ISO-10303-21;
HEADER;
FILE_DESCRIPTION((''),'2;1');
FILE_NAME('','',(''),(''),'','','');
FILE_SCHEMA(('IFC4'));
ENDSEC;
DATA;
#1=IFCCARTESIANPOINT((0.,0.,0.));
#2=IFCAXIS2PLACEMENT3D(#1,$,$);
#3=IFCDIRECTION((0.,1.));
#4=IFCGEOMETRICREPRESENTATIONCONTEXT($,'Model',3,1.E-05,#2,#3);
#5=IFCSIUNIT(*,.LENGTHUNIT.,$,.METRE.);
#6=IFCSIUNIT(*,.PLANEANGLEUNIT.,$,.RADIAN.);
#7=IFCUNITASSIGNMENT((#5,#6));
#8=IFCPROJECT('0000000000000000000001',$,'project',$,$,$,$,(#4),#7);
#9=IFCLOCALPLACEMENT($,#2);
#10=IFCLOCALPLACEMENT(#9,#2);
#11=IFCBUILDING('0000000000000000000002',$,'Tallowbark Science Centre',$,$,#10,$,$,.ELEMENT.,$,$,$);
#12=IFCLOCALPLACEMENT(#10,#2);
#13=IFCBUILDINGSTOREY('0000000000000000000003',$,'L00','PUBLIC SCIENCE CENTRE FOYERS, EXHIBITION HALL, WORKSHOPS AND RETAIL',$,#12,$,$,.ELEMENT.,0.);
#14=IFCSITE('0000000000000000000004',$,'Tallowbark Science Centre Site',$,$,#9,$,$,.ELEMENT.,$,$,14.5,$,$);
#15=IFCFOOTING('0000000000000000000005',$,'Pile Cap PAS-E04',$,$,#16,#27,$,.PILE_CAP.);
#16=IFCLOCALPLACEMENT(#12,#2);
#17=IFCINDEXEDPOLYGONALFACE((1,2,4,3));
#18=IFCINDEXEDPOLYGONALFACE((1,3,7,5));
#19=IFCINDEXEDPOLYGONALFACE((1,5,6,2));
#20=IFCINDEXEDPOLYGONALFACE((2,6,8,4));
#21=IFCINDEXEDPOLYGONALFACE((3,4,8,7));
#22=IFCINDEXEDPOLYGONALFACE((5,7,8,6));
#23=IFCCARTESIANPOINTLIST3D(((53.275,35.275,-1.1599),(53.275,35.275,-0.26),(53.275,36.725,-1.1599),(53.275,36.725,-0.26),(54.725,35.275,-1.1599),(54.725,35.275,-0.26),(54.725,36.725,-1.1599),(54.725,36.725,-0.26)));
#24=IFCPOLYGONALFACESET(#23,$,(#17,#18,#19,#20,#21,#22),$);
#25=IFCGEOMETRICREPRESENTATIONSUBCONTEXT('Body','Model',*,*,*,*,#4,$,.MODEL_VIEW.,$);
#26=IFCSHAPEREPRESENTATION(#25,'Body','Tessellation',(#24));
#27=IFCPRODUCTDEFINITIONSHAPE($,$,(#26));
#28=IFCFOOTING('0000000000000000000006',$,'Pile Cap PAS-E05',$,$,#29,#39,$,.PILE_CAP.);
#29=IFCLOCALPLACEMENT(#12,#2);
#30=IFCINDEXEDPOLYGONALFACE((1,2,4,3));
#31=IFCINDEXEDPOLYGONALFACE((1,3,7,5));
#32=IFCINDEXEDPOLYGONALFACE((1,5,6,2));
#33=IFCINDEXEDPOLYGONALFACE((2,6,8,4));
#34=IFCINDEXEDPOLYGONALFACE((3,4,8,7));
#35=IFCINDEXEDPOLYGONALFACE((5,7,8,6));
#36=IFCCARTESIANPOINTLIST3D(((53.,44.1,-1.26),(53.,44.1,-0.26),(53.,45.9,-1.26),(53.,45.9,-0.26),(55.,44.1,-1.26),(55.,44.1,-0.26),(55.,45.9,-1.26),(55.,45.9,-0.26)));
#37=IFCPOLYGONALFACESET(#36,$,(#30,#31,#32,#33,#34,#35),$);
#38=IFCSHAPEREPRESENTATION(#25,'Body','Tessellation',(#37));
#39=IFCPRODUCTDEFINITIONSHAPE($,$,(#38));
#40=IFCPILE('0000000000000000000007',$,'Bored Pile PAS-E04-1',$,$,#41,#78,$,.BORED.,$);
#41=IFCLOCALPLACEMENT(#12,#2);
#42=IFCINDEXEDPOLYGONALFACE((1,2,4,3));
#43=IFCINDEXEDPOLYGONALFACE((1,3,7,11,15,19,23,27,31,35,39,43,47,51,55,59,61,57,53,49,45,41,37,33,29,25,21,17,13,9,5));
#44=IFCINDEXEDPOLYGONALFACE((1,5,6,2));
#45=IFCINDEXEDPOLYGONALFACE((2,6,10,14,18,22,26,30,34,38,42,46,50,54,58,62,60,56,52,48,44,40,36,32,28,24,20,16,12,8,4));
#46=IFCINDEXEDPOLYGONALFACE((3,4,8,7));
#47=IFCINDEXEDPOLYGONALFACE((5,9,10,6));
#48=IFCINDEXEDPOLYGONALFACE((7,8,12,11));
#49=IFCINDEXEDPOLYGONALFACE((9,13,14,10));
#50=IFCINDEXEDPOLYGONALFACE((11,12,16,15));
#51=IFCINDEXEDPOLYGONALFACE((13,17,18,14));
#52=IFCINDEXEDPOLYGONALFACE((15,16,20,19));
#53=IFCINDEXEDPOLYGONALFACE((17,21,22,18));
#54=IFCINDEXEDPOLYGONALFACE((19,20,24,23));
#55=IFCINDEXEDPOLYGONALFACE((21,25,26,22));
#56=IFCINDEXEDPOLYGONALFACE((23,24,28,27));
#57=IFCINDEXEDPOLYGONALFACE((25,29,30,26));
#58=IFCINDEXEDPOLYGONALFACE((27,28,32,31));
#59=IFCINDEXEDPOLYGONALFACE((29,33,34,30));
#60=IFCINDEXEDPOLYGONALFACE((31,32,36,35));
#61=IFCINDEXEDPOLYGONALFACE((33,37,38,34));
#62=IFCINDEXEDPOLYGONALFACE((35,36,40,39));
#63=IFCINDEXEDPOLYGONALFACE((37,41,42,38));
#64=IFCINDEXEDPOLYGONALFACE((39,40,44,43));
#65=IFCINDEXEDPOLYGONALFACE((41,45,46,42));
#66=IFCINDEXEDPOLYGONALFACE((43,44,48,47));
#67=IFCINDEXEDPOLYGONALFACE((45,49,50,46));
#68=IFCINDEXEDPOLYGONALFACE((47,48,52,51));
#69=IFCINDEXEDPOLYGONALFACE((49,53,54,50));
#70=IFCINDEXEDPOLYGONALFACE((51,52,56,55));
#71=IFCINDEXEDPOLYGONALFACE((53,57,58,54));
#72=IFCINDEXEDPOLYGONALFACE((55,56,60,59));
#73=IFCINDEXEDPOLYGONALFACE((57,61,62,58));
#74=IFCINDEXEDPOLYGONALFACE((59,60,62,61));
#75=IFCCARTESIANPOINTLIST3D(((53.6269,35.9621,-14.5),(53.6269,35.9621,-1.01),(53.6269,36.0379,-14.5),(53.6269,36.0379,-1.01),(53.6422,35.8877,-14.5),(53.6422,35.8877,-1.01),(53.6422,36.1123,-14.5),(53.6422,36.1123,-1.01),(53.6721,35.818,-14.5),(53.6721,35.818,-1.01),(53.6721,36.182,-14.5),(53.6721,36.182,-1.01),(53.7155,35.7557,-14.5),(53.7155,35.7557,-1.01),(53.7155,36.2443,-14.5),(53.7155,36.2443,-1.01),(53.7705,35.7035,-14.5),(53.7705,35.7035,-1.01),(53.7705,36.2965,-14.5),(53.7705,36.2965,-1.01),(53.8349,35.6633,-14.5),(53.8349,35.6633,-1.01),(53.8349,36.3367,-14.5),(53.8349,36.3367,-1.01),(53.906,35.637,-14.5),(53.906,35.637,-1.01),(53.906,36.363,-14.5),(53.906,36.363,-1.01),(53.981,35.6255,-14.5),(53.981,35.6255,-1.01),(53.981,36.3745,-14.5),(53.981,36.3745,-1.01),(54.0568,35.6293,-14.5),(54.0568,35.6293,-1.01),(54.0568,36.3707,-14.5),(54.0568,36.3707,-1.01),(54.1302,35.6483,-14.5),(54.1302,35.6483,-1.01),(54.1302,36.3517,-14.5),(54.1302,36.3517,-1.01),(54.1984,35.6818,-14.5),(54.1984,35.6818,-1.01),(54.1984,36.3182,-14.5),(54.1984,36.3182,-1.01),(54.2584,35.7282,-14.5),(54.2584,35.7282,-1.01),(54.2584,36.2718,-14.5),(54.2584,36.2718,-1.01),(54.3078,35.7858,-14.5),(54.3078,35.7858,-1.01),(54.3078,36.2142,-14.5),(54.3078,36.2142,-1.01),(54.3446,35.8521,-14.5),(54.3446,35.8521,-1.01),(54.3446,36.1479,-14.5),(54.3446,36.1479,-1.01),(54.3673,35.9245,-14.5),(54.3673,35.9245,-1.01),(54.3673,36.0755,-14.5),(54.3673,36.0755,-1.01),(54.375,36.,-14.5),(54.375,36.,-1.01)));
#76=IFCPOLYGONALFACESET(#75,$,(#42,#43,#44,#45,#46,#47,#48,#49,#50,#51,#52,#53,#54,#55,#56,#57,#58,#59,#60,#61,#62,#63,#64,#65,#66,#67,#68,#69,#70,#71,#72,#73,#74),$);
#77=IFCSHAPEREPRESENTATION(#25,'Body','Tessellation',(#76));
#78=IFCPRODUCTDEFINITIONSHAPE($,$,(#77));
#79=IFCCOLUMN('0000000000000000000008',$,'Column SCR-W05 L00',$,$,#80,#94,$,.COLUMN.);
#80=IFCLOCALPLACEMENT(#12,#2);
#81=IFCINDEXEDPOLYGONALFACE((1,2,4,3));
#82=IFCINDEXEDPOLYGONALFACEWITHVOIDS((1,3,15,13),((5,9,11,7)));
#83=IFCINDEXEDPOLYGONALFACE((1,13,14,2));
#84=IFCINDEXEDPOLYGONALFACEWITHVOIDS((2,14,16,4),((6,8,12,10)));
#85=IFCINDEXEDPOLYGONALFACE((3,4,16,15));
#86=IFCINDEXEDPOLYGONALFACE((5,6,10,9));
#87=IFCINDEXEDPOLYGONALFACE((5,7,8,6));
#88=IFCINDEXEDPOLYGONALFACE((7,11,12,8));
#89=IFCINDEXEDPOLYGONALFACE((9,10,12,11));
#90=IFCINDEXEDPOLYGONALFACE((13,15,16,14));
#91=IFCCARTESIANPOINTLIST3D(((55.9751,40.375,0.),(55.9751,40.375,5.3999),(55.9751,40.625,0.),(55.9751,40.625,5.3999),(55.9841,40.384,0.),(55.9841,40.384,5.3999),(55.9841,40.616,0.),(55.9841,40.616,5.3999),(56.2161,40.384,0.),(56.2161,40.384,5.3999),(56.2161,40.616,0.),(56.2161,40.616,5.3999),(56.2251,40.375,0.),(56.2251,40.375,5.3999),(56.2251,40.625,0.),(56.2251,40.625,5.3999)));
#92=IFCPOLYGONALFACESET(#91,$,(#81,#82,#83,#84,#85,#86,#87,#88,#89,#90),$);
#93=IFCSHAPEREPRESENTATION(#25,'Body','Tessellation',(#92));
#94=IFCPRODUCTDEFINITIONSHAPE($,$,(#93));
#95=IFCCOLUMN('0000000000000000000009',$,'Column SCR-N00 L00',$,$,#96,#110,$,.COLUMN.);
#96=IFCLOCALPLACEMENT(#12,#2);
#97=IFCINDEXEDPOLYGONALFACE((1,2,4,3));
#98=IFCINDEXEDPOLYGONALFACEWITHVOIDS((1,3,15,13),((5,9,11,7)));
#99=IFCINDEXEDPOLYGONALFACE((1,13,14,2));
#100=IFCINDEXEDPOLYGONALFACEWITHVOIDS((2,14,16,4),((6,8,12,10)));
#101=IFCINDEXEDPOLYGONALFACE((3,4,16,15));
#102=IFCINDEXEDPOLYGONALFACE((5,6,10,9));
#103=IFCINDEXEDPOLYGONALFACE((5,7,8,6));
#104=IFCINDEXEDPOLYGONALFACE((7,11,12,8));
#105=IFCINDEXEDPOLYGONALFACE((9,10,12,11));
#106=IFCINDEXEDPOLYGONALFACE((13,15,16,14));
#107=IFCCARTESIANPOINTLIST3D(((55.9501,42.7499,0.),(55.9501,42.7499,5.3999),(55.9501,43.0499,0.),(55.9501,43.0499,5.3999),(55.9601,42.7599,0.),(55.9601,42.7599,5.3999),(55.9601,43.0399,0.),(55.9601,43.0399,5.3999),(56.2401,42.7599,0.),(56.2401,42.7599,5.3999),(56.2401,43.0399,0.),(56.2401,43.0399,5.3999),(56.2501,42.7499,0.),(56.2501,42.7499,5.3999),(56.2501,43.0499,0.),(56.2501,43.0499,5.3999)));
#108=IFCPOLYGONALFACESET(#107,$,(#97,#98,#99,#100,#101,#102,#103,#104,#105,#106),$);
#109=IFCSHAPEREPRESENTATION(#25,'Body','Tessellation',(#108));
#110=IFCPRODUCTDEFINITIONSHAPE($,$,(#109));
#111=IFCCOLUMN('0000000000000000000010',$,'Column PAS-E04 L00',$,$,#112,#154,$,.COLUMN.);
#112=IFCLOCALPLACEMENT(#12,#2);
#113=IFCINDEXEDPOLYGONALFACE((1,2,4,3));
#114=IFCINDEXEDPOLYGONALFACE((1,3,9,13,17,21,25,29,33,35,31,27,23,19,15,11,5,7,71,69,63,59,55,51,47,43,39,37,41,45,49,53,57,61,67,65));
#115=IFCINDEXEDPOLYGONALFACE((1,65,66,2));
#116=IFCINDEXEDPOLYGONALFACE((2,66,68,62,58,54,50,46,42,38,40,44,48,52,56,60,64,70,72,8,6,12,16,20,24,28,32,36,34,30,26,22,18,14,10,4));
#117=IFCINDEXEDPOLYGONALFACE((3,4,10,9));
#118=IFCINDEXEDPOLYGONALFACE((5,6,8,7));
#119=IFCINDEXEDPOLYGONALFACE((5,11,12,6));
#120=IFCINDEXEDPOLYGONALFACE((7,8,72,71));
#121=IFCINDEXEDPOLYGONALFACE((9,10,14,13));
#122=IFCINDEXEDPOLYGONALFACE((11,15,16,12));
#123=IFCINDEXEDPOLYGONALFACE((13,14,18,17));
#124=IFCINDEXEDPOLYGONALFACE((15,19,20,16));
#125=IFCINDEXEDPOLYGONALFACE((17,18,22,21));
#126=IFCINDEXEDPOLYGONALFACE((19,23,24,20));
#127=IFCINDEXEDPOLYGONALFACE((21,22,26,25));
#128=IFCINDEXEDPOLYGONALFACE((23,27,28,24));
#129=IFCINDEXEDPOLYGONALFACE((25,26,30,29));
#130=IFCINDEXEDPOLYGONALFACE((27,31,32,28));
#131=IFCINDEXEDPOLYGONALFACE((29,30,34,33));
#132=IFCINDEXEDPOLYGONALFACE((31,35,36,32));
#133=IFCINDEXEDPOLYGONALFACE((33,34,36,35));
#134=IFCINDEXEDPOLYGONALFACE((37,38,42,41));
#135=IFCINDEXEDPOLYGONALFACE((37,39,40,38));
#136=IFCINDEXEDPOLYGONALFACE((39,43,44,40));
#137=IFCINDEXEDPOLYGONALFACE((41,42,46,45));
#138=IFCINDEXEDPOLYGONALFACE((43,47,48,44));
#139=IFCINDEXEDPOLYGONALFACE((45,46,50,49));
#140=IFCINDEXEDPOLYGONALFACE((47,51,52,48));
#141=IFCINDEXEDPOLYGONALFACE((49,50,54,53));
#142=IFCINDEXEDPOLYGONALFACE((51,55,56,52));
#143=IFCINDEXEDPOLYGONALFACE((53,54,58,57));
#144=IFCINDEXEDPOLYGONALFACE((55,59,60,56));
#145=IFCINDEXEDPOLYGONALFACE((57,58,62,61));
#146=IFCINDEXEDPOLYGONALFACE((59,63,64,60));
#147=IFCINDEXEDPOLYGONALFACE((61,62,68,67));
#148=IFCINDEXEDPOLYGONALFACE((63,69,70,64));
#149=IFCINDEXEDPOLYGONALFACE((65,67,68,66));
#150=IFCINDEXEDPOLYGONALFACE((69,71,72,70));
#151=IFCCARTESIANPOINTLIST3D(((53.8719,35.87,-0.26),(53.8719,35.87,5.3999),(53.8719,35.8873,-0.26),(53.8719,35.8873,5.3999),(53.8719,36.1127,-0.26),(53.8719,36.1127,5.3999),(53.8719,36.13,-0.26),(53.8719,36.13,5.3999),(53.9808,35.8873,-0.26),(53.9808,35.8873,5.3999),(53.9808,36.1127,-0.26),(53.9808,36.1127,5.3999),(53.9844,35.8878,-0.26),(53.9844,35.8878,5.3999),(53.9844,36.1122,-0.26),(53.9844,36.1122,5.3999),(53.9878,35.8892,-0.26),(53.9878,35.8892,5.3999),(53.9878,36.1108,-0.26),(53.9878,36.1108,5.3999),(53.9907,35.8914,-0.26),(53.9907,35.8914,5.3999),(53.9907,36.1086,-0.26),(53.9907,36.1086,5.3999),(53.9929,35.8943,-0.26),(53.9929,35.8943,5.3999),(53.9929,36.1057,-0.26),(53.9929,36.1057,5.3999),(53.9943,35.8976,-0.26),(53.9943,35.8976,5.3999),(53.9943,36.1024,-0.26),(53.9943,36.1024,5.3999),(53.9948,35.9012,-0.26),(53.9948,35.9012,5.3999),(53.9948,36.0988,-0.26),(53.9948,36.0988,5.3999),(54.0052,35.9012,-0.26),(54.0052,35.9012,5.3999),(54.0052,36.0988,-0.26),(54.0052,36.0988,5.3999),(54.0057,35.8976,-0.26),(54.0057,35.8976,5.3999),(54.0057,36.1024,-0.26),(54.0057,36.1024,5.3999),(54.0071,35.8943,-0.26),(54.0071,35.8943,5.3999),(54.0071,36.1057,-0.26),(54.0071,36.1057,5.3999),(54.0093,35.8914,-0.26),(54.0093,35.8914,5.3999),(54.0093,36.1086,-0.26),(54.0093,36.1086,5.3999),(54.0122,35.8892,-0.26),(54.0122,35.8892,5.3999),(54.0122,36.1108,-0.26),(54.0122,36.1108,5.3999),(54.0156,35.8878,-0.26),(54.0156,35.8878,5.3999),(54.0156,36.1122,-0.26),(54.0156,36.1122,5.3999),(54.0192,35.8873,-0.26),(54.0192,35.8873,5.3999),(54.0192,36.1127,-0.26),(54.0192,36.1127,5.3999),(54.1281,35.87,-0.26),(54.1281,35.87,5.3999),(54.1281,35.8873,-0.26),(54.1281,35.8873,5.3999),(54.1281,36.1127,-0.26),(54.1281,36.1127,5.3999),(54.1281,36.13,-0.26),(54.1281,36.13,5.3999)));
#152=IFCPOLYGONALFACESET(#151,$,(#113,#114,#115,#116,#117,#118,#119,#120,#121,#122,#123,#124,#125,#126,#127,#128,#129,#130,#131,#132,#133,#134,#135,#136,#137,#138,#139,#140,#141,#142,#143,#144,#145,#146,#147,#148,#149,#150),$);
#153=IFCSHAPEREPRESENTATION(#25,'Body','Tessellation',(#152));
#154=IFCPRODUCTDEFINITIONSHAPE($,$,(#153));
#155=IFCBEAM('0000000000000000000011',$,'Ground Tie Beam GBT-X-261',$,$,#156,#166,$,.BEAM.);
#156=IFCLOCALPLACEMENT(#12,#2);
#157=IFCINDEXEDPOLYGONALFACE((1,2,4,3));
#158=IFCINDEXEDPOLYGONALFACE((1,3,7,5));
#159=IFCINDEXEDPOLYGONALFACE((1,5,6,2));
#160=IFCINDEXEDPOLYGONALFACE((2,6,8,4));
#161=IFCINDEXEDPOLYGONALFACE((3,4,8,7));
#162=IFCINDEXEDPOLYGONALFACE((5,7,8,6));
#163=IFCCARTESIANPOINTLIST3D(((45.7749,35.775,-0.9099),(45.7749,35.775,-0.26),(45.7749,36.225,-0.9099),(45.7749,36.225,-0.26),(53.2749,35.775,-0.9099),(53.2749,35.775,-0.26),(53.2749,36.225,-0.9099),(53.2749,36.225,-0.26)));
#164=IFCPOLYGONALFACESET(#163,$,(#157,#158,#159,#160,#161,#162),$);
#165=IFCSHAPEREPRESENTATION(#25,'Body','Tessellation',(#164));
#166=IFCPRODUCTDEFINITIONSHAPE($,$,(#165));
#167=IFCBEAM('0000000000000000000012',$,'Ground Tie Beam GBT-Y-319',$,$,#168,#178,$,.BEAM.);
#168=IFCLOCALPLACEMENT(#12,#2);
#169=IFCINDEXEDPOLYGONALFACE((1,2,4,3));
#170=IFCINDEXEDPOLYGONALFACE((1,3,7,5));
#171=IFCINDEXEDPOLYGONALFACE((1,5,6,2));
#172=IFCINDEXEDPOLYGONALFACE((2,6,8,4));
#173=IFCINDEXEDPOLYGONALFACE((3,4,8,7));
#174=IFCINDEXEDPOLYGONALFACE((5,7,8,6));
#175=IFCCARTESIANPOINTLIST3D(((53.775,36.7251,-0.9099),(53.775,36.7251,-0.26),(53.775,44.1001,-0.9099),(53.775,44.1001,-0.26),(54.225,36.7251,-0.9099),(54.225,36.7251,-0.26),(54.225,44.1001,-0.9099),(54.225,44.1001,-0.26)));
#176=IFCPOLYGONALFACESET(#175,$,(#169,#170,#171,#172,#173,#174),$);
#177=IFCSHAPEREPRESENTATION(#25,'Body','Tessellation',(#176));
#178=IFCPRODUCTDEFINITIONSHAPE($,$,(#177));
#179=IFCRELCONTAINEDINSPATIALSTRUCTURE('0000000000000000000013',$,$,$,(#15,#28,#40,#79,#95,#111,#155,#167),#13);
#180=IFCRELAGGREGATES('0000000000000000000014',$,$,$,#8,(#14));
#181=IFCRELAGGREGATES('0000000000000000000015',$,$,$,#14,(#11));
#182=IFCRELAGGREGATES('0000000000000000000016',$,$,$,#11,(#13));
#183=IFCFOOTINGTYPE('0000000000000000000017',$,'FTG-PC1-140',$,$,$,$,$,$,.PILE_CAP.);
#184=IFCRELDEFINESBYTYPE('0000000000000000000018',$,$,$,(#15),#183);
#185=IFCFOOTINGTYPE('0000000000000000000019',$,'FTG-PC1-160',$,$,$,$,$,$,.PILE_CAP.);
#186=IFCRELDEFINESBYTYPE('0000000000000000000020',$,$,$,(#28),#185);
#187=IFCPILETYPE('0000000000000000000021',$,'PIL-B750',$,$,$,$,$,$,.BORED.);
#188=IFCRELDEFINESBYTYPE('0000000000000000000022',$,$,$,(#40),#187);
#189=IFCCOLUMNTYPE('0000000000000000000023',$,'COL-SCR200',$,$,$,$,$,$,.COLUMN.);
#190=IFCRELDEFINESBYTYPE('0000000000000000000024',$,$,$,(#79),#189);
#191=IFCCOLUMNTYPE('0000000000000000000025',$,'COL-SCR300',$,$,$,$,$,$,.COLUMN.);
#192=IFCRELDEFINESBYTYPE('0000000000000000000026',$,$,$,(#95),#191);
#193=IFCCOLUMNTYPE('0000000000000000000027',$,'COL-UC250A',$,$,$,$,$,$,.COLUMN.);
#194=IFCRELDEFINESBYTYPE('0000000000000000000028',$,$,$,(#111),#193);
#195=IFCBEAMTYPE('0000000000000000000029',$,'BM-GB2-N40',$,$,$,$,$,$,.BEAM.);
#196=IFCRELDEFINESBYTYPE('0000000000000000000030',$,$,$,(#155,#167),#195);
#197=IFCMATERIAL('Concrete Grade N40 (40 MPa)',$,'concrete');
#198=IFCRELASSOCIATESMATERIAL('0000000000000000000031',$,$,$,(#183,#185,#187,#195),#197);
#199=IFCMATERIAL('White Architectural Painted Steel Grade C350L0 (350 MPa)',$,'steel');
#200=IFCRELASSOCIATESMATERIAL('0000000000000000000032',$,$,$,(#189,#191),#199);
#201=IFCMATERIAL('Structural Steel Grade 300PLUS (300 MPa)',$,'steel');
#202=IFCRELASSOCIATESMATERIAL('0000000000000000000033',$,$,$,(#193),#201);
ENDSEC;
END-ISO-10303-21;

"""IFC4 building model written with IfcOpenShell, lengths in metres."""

from ifc_helpers import new_model, si_unit, direction, frame, origin, origin_2d, place, context, subcontext, project, spatial, rectangle, hollow_rectangle, circle, i_section, extrude, material, material_profile, profile_set, type_object, element, save


model = new_model("IFC4")

# Units and contexts
model_context = context("Model", 3, precision=1e-05, world=origin(), true_north=direction((0.0, 1.0)))
body_context = subcontext(model_context, "Body", "Model", "MODEL_VIEW")
ifc_project = project(units=[si_unit("LENGTHUNIT", "METRE"), si_unit("PLANEANGLEUNIT", "RADIAN")], contexts=[model_context])

# Site, building, storey
site_placement = place(None, origin())
site = spatial("IfcSite", under=ifc_project, at=site_placement, Name="Tallowbark Science Centre Site", CompositionType="ELEMENT", RefElevation=14.5)
building_placement = place(site_placement, origin())
building = spatial("IfcBuilding", under=site, at=building_placement, Name="Tallowbark Science Centre", CompositionType="ELEMENT")
storey_placement = place(building_placement, origin())
storey = spatial("IfcBuildingStorey", under=building, at=storey_placement, Name="L00", Description="PUBLIC SCIENCE CENTRE FOYERS, EXHIBITION HALL, WORKSHOPS AND RETAIL", CompositionType="ELEMENT", Elevation=0.0)

# Footings
ifc_material_1 = material(Name="Concrete Grade N40 (40 MPa)", Category="concrete")
footing_type_1 = type_object("IfcFootingType", Name="FTG-PC1-140", PredefinedType="PILE_CAP", material=ifc_material_1)
footing_1_placement = place(storey_placement, frame((54.0, 36.0, -1.1599), z_axis=(0.0, 0.0, 1.0), x_axis=(1.0, 0.0, 0.0)))
element("IfcFooting", 1, at=footing_1_placement, inside=storey, type_object=footing_type_1, Name="Pile Cap PAS-E04", PredefinedType="PILE_CAP", context=body_context, shape_type="SweptSolid", body=[
    extrude(rectangle(XDim=1.45, YDim=1.45, at=origin_2d()), origin(), (0.0, 0.0, 1.0), 0.8999),
])
footing_type_2 = type_object("IfcFootingType", Name="FTG-PC1-160", PredefinedType="PILE_CAP", material=ifc_material_1)
footing_2_placement = place(storey_placement, frame((54.0, 45.0, -1.26), z_axis=(0.0, 0.0, 1.0), x_axis=(1.0, 0.0, 0.0)))
element("IfcFooting", 2, at=footing_2_placement, inside=storey, type_object=footing_type_2, Name="Pile Cap PAS-E05", PredefinedType="PILE_CAP", context=body_context, shape_type="SweptSolid", body=[
    extrude(rectangle(XDim=2.0, YDim=1.8, at=origin_2d()), origin(), (0.0, 0.0, 1.0), 1.0),
])

# Pile
ifc_material_profile_1 = material_profile(ifc_material_1, circle(Radius=0.375, at=origin_2d()), Name="PILE750")
ifc_profile_set_1 = profile_set([ifc_material_profile_1], Name="Concrete Grade N40 (40 MPa)")
pile_type = type_object("IfcPileType", Name="PIL-B750", PredefinedType="BORED", material=ifc_profile_set_1)
pile_placement = place(storey_placement, frame((54.0, 36.0, -1.01), z_axis=(0.0, 0.0, -1.0), x_axis=(1.0, 0.0, 0.0)))
element("IfcPile", 3, at=pile_placement, inside=storey, type_object=pile_type, Name="Bored Pile PAS-E04-1", PredefinedType="BORED", context=body_context, shape_type="SweptSolid", body=[
    extrude(circle(Radius=0.375, at=origin_2d()), origin(), (0.0, 0.0, 1.0), 13.49),
])

# Columns
ifc_material_2 = material(Name="White Architectural Painted Steel Grade C350L0 (350 MPa)", Category="steel")
ifc_material_profile_2 = material_profile(ifc_material_2, hollow_rectangle(XDim=0.25, YDim=0.25, WallThickness=0.009, at=origin_2d()), Name="250x250x9.0SHS")
ifc_profile_set_2 = profile_set([ifc_material_profile_2], Name="White Architectural Painted Steel Grade C350L0 (350 MPa)")
column_type_1 = type_object("IfcColumnType", Name="COL-SCR200", PredefinedType="COLUMN", material=ifc_profile_set_2)
column_1_placement = place(storey_placement, frame((56.1001, 40.5, 0.0), z_axis=(0.0, 0.0, 1.0), x_axis=(1.0, 0.0, 0.0)))
element("IfcColumn", 4, at=column_1_placement, inside=storey, type_object=column_type_1, Name="Column SCR-W05 L00", PredefinedType="COLUMN", context=body_context, shape_type="SweptSolid", body=[
    extrude(hollow_rectangle(XDim=0.25, YDim=0.25, WallThickness=0.009, at=origin_2d()), origin(), (0.0, 0.0, 1.0), 5.3999),
])
ifc_material_profile_3 = material_profile(ifc_material_2, hollow_rectangle(XDim=0.3, YDim=0.3, WallThickness=0.01, at=origin_2d()), Name="300x300x10.0SHS")
ifc_profile_set_3 = profile_set([ifc_material_profile_3], Name="White Architectural Painted Steel Grade C350L0 (350 MPa)")
column_type_2 = type_object("IfcColumnType", Name="COL-SCR300", PredefinedType="COLUMN", material=ifc_profile_set_3)
column_2_placement = place(storey_placement, frame((56.1001, 42.8999, 0.0), z_axis=(0.0, 0.0, 1.0), x_axis=(1.0, 0.0, 0.0)))
element("IfcColumn", 5, at=column_2_placement, inside=storey, type_object=column_type_2, Name="Column SCR-N00 L00", PredefinedType="COLUMN", context=body_context, shape_type="SweptSolid", body=[
    extrude(hollow_rectangle(XDim=0.3, YDim=0.3, WallThickness=0.01, at=origin_2d()), origin(), (0.0, 0.0, 1.0), 5.3999),
])
ifc_material_3 = material(Name="Structural Steel Grade 300PLUS (300 MPa)", Category="steel")
ifc_material_profile_4 = material_profile(ifc_material_3, i_section(OverallWidth=0.2561, OverallDepth=0.26, WebThickness=0.0105, FlangeThickness=0.0173, FilletRadius=0.0139, at=origin_2d()), Name="250UC89.5")
ifc_profile_set_4 = profile_set([ifc_material_profile_4], Name="Structural Steel Grade 300PLUS (300 MPa)")
column_type_3 = type_object("IfcColumnType", Name="COL-UC250A", PredefinedType="COLUMN", material=ifc_profile_set_4)
column_3_placement = place(storey_placement, frame((54.0, 36.0, -0.26), z_axis=(0.0, 0.0, 1.0), x_axis=(1.0, 0.0, 0.0)))
element("IfcColumn", 6, at=column_3_placement, inside=storey, type_object=column_type_3, Name="Column PAS-E04 L00", PredefinedType="COLUMN", context=body_context, shape_type="SweptSolid", body=[
    extrude(i_section(OverallWidth=0.2561, OverallDepth=0.26, WebThickness=0.0105, FlangeThickness=0.0173, FilletRadius=0.0139, at=origin_2d()), origin(), (0.0, 0.0, 1.0), 5.6599),
])

# Beams
ifc_material_profile_5 = material_profile(ifc_material_1, rectangle(XDim=0.45, YDim=0.6499, at=origin_2d()), Name="RC450x650")
ifc_profile_set_5 = profile_set([ifc_material_profile_5], Name="Concrete Grade N40 (40 MPa)")
beam_type_1 = type_object("IfcBeamType", Name="BM-GB2-N40", PredefinedType="BEAM", material=ifc_profile_set_5)
beam_1_placement = place(storey_placement, frame((45.7749, 36.0, -0.585), z_axis=(1.0, 0.0, 0.0), x_axis=(0.0, 1.0, 0.0)))
element("IfcBeam", 7, at=beam_1_placement, inside=storey, type_object=beam_type_1, Name="Ground Tie Beam GBT-X-261", PredefinedType="BEAM", context=body_context, shape_type="SweptSolid", body=[
    extrude(rectangle(XDim=0.45, YDim=0.6499, at=origin_2d()), origin(), (0.0, 0.0, 1.0), 7.5),
])
beam_2_placement = place(storey_placement, frame((54.0, 36.7251, -0.585), z_axis=(0.0, 1.0, 0.0), x_axis=(-1.0, 0.0, 0.0)))
element("IfcBeam", 8, at=beam_2_placement, inside=storey, type_object=beam_type_1, Name="Ground Tie Beam GBT-Y-319", PredefinedType="BEAM", context=body_context, shape_type="SweptSolid", body=[
    extrude(rectangle(XDim=0.45, YDim=0.6499, at=origin_2d()), origin(), (0.0, 0.0, 1.0), 7.375),
])

save(model, "model.ifc")
